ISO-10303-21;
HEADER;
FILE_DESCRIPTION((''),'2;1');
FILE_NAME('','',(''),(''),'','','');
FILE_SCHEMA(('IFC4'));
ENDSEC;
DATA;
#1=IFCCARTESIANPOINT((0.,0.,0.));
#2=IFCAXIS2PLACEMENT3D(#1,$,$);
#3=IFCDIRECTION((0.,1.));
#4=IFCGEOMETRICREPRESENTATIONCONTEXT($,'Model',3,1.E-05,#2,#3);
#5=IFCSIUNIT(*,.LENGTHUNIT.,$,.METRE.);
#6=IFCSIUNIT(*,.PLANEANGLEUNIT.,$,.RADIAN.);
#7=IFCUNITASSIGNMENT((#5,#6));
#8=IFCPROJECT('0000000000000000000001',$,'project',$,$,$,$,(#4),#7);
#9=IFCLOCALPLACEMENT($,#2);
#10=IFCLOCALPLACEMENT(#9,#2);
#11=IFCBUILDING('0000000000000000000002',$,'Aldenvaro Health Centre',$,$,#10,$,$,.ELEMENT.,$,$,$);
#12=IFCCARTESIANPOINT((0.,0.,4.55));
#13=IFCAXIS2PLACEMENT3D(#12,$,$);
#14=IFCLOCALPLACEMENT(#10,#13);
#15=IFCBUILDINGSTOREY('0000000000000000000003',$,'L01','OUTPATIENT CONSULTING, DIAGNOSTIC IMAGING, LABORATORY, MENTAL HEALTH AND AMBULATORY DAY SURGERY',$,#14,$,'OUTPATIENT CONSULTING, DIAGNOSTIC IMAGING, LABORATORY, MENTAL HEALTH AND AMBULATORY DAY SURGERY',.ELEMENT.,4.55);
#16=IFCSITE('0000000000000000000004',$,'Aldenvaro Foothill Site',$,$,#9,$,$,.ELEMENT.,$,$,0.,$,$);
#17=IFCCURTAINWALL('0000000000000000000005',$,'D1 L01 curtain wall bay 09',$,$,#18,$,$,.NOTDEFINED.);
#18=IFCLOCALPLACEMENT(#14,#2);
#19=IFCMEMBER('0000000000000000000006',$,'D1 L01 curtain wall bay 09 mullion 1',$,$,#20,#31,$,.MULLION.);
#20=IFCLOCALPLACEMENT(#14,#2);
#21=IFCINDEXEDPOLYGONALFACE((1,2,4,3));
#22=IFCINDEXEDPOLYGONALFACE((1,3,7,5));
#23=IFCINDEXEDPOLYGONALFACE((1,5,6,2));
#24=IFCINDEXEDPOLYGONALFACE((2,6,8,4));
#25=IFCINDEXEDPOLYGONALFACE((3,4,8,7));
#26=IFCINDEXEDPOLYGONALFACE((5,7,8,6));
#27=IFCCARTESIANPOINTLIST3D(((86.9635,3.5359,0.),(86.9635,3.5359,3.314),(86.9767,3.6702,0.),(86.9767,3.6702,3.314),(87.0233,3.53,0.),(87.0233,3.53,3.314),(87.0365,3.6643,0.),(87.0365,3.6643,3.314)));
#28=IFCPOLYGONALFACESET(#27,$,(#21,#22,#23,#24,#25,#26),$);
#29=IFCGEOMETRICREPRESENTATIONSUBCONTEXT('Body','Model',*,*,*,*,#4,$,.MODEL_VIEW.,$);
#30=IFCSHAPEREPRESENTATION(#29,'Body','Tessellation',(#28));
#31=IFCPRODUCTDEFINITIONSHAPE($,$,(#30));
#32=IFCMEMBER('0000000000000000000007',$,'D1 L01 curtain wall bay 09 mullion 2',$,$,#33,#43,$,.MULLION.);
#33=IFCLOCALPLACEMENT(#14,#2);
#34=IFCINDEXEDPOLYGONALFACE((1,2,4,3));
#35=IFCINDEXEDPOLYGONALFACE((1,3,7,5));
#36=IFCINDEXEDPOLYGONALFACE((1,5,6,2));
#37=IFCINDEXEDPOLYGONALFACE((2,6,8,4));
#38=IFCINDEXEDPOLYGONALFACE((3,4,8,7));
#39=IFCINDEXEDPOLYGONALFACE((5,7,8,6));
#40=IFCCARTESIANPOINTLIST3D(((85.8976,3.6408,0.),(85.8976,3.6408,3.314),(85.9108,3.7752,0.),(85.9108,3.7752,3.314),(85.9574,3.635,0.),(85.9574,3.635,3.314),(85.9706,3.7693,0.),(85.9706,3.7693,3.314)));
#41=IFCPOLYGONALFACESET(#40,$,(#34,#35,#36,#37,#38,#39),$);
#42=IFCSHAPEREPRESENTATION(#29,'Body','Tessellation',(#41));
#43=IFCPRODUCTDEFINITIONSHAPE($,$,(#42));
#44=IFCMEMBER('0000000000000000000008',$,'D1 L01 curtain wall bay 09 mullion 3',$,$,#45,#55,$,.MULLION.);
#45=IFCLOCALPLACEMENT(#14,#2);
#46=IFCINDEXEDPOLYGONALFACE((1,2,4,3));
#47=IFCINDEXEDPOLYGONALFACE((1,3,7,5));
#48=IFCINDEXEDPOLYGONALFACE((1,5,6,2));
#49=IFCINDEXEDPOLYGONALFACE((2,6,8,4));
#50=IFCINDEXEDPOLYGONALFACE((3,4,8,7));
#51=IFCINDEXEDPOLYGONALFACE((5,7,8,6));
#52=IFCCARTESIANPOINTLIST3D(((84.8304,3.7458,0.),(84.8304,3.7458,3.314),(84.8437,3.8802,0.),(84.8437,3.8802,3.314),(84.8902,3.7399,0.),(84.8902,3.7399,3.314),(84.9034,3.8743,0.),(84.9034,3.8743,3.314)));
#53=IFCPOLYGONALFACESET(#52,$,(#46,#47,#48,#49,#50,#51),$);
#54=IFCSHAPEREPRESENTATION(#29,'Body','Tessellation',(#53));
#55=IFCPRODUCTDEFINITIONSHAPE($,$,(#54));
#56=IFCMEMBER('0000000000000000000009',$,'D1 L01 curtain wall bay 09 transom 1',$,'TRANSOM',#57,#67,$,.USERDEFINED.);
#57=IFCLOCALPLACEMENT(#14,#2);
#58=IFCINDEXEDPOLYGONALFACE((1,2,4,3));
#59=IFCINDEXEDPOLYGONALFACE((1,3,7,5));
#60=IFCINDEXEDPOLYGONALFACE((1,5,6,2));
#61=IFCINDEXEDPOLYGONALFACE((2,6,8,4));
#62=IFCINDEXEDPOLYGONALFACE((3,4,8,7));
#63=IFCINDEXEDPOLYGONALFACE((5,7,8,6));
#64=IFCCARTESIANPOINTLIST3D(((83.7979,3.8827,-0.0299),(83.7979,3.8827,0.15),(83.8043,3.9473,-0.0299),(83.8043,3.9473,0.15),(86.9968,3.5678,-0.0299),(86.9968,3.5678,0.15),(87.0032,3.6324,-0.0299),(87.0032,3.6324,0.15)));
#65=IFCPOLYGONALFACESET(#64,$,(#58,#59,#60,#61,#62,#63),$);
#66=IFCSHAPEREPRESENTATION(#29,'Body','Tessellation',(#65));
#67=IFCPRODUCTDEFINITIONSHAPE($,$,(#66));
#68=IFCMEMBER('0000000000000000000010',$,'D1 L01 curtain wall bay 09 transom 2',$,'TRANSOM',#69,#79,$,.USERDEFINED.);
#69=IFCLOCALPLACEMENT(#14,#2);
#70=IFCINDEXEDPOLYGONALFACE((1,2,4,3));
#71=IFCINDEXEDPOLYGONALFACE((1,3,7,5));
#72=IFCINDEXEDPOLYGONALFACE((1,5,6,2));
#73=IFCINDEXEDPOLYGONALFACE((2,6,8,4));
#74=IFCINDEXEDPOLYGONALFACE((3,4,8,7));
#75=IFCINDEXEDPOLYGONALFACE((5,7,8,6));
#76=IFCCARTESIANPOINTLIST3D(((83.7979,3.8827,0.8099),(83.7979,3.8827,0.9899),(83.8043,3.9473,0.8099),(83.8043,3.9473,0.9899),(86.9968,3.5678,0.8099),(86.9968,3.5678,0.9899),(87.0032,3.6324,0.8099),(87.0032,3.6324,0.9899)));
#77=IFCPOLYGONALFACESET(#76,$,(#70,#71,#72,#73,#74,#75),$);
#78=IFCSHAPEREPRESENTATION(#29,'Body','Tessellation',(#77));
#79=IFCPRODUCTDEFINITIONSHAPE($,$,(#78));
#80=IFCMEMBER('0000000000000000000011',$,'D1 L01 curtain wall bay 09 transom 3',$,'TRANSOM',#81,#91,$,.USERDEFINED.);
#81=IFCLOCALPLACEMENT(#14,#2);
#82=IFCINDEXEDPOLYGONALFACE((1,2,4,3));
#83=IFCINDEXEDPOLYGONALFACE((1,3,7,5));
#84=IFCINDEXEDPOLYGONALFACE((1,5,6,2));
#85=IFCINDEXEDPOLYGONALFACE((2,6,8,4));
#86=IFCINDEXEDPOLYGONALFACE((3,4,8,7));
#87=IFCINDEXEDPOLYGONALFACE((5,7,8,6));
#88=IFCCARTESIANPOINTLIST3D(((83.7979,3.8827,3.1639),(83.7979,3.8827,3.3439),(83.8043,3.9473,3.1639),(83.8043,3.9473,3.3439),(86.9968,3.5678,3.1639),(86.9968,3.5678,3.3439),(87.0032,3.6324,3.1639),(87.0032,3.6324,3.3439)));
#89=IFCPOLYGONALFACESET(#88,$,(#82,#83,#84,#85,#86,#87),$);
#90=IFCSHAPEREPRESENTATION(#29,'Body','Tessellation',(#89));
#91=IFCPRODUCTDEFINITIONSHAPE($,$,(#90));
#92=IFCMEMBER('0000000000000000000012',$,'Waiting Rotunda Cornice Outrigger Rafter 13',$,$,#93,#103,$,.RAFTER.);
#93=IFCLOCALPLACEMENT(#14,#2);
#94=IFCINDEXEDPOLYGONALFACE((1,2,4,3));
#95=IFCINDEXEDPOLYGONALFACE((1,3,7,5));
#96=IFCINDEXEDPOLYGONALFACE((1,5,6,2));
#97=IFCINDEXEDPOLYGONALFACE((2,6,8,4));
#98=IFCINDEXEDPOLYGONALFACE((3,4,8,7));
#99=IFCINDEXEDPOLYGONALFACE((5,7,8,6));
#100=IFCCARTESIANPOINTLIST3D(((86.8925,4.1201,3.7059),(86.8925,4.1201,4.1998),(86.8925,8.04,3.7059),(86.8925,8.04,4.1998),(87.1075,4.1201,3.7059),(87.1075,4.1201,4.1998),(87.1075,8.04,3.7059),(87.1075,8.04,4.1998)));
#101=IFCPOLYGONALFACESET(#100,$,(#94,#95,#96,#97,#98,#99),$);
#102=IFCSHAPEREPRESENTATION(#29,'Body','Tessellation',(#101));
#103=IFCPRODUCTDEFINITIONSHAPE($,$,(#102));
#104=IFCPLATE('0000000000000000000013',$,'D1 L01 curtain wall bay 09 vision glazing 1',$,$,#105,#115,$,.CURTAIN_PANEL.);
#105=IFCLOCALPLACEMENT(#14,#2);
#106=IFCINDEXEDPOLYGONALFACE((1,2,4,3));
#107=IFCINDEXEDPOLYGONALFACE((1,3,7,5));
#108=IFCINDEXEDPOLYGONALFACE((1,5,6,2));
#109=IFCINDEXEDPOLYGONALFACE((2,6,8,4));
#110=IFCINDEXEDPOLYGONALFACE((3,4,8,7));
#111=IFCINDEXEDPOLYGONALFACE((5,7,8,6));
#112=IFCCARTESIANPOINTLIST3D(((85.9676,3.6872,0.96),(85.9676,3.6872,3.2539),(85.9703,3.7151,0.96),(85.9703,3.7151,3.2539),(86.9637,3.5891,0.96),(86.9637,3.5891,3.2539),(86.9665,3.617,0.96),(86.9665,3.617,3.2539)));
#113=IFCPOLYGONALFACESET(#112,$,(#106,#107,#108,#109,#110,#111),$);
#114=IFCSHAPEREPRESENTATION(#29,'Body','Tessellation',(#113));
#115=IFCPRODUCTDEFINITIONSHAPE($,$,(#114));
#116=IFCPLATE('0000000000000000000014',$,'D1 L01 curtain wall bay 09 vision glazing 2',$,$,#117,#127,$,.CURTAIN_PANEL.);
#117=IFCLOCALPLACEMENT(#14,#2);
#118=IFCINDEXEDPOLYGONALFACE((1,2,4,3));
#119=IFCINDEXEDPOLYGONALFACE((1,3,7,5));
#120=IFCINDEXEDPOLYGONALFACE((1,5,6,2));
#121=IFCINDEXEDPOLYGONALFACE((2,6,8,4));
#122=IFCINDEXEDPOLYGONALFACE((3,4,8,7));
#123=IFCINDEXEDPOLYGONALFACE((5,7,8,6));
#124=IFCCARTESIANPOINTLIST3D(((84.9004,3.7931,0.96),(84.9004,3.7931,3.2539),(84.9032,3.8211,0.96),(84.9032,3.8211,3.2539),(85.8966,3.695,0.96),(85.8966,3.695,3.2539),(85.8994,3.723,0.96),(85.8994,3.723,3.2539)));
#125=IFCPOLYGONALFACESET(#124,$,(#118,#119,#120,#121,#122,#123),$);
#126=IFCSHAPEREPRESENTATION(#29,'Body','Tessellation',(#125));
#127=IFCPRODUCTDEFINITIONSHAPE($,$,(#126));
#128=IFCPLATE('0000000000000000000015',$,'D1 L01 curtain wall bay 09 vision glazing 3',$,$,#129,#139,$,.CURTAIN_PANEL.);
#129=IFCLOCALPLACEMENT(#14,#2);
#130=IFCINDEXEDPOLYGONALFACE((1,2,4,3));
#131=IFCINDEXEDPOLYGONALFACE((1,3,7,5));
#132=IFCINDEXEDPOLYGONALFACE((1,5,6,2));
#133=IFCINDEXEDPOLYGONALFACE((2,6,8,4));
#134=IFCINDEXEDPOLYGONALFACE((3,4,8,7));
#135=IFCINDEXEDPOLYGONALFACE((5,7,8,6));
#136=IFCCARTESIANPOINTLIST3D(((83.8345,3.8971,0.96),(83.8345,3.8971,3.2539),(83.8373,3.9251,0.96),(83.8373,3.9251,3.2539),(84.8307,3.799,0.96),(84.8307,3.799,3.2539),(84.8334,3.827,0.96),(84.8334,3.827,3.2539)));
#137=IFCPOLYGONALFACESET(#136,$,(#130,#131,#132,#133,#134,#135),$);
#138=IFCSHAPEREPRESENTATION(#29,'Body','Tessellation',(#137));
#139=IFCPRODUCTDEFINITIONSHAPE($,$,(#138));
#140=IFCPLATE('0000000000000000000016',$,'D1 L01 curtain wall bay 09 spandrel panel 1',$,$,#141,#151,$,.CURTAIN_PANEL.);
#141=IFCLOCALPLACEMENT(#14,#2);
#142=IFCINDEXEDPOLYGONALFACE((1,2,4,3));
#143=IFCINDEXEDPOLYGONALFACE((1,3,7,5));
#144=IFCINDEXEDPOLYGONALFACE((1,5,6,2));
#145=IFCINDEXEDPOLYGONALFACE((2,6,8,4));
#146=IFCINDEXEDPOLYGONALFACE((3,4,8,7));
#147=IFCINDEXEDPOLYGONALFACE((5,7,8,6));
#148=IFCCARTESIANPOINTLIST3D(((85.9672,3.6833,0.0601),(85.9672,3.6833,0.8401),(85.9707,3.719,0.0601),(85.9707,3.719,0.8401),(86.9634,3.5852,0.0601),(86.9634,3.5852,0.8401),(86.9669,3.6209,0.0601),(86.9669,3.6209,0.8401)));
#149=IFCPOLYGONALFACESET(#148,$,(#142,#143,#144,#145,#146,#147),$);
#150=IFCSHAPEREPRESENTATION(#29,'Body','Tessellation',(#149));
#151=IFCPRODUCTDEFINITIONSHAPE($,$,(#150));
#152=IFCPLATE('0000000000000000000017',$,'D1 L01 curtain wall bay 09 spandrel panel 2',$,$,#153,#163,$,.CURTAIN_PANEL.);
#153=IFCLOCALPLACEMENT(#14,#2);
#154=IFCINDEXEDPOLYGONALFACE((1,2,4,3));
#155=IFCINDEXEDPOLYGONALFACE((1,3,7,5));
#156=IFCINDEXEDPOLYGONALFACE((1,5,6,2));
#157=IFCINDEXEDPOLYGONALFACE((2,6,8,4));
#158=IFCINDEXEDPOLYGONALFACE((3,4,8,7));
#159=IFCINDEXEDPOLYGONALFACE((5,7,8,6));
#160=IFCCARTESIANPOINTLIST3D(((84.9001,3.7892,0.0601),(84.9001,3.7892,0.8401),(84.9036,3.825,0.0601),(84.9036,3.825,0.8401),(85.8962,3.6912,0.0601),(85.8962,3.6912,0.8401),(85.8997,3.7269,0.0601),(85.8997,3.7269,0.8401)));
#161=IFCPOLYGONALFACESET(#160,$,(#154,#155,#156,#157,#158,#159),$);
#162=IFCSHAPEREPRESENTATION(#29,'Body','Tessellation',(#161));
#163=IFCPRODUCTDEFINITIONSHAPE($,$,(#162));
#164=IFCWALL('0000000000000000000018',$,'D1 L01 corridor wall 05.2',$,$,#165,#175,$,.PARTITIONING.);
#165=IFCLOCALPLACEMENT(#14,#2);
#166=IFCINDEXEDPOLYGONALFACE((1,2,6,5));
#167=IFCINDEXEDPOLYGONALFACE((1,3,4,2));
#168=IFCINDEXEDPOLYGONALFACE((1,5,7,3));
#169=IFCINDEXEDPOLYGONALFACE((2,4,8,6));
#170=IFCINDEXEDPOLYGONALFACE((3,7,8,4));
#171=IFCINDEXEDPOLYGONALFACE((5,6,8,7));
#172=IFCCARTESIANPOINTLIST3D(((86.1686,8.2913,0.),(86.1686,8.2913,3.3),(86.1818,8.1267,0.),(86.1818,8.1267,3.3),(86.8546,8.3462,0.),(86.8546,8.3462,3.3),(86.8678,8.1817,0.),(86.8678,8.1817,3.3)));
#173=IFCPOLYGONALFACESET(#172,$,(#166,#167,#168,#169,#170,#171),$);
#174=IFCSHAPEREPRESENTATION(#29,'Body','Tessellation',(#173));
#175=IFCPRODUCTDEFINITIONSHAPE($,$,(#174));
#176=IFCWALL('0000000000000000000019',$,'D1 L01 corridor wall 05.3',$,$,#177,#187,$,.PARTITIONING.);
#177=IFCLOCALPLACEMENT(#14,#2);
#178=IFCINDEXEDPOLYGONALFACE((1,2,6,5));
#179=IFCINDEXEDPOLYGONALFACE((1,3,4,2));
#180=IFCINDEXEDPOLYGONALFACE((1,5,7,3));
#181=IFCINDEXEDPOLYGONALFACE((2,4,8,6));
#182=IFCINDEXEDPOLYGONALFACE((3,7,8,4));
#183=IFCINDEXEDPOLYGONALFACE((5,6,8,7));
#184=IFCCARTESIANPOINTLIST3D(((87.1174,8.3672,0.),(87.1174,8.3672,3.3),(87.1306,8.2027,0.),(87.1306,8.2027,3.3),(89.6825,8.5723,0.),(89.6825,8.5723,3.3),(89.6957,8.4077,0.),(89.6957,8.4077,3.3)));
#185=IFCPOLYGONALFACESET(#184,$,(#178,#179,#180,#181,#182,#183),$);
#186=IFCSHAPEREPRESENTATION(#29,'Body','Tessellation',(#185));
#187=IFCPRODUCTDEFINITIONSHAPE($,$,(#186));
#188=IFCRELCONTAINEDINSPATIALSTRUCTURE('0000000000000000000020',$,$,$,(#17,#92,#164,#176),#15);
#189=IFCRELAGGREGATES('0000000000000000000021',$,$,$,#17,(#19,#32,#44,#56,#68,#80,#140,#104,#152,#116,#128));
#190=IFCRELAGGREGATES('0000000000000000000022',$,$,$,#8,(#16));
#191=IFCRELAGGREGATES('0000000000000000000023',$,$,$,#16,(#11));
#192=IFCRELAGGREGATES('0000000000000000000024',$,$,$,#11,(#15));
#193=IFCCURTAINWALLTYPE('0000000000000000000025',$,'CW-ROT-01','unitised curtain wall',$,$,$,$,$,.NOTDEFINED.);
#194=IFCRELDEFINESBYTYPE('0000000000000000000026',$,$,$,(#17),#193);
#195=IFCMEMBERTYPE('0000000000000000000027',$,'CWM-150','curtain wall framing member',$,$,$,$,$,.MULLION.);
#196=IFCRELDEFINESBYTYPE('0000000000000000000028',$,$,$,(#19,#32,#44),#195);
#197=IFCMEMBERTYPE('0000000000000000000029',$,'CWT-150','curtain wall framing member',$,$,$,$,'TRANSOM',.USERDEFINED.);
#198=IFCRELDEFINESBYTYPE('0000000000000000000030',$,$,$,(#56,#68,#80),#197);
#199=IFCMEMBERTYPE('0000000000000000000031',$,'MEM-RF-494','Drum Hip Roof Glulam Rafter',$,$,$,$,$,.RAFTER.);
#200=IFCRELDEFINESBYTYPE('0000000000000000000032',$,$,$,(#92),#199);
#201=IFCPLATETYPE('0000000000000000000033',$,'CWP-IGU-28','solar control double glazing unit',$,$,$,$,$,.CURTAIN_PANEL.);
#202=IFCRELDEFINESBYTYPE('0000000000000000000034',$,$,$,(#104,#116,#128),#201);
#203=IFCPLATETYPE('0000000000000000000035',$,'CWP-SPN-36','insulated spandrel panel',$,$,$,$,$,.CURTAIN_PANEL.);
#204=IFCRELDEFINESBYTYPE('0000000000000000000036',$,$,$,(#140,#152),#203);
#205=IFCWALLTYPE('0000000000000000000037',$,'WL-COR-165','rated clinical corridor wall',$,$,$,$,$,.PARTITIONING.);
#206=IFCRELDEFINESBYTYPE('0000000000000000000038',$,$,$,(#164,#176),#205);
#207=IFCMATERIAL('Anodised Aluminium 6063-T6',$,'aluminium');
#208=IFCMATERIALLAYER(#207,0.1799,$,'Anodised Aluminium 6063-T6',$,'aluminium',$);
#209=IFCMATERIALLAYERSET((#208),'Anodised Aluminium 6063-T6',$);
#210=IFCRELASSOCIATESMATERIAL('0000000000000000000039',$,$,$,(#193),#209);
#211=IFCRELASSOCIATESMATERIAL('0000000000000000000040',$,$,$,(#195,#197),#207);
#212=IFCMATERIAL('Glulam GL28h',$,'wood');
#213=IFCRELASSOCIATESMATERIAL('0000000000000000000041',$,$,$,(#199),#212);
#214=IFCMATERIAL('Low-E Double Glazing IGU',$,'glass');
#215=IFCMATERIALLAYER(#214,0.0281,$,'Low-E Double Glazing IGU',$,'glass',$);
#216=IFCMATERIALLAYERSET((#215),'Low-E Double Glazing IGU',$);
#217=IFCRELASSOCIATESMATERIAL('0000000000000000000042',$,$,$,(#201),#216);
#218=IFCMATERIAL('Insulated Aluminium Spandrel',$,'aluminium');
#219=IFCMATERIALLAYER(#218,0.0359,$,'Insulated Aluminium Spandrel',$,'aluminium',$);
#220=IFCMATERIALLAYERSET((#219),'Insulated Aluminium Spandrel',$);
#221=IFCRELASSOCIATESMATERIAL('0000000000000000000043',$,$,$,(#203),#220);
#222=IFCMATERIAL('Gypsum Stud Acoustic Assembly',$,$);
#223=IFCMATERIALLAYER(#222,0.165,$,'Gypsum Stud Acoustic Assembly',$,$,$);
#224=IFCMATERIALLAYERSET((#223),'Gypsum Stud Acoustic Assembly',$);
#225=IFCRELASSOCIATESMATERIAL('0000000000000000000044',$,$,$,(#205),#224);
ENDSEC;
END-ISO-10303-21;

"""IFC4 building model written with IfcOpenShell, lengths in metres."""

from ifc_helpers import new_model, si_unit, direction, frame, frame_2d, origin, origin_2d, place, context, subcontext, project, spatial, rectangle, extrude, material, layer, layer_set, material_profile, profile_set, type_object, element, aggregate, save


model = new_model("IFC4")

# Units and contexts
model_context = context("Model", 3, precision=1e-05, world=origin(), true_north=direction((0.0, 1.0)))
body_context = subcontext(model_context, "Body", "Model", "MODEL_VIEW")
ifc_project = project(units=[si_unit("LENGTHUNIT", "METRE"), si_unit("PLANEANGLEUNIT", "RADIAN")], contexts=[model_context])

# Site, building, storey
site_placement = place(None, origin())
site = spatial("IfcSite", under=ifc_project, at=site_placement, Name="Aldenvaro Foothill Site", CompositionType="ELEMENT", RefElevation=0.0)
building_placement = place(site_placement, origin())
building = spatial("IfcBuilding", under=site, at=building_placement, Name="Aldenvaro Health Centre", CompositionType="ELEMENT")
storey_placement = place(building_placement, frame((0.0, 0.0, 4.55)))
storey = spatial("IfcBuildingStorey", under=building, at=storey_placement, Name="L01", Description="OUTPATIENT CONSULTING, DIAGNOSTIC IMAGING, LABORATORY, MENTAL HEALTH AND AMBULATORY DAY SURGERY", LongName="OUTPATIENT CONSULTING, DIAGNOSTIC IMAGING, LABORATORY, MENTAL HEALTH AND AMBULATORY DAY SURGERY", CompositionType="ELEMENT", Elevation=4.55)

# Shared definitions
ifc_material_1 = material(Name="Glulam GL28h", Category="wood")

# Curtain wall, members
ifc_material_2 = material(Name="Anodised Aluminium 6063-T6", Category="aluminium")
ifc_layer_1 = layer(ifc_material_2, 0.1799, Name="Anodised Aluminium 6063-T6", Category="aluminium")
ifc_layer_set_1 = layer_set([ifc_layer_1], Name="Anodised Aluminium 6063-T6")
curtain_wall_type = type_object("IfcCurtainWallType", Name="CW-ROT-01", Description="unitised curtain wall", PredefinedType="NOTDEFINED", material=ifc_layer_set_1)
curtain_wall_placement = place(storey_placement, origin())
curtain_wall = element("IfcCurtainWall", 1, at=curtain_wall_placement, inside=storey, type_object=curtain_wall_type, Name="D1 L01 curtain wall bay 09", PredefinedType="NOTDEFINED")
ifc_material_profile_1 = material_profile(ifc_material_2, rectangle(XDim=0.0601, YDim=0.135, at=origin_2d()), Name="ALU 60x135", Category="aluminium")
ifc_profile_set_1 = profile_set([ifc_material_profile_1], Name="Anodised Aluminium 6063-T6")
member_type_1 = type_object("IfcMemberType", Name="CWM-150", Description="curtain wall framing member", PredefinedType="MULLION", material=ifc_profile_set_1)
member_1_placement = place(storey_placement, frame((87.0, 3.6001, 0.0), z_axis=(0.0, 0.0, 1.0), x_axis=(-0.995187, 0.097994, 0.0)))
member_1 = element("IfcMember", 2, at=member_1_placement, type_object=member_type_1, Name="D1 L01 curtain wall bay 09 mullion 1", PredefinedType="MULLION", context=body_context, shape_type="SweptSolid", body=[
    extrude(rectangle(XDim=0.0601, YDim=0.135, at=origin_2d()), origin(), (0.0, 0.0, 1.0), 3.314),
])
member_2_placement = place(storey_placement, frame((85.9341, 3.7051, 0.0), z_axis=(0.0, 0.0, 1.0), x_axis=(-0.995187, 0.097994, 0.0)))
member_2 = element("IfcMember", 3, at=member_2_placement, type_object=member_type_1, Name="D1 L01 curtain wall bay 09 mullion 2", PredefinedType="MULLION", context=body_context, shape_type="SweptSolid", body=[
    extrude(rectangle(XDim=0.0601, YDim=0.135, at=origin_2d()), origin(), (0.0, 0.0, 1.0), 3.314),
])
member_3_placement = place(storey_placement, frame((84.8669, 3.8101, 0.0), z_axis=(0.0, 0.0, 1.0), x_axis=(-0.995187, 0.097994, 0.0)))
member_3 = element("IfcMember", 4, at=member_3_placement, type_object=member_type_1, Name="D1 L01 curtain wall bay 09 mullion 3", PredefinedType="MULLION", context=body_context, shape_type="SweptSolid", body=[
    extrude(rectangle(XDim=0.0601, YDim=0.135, at=origin_2d()), origin(), (0.0, 0.0, 1.0), 3.314),
])
ifc_material_profile_2 = material_profile(ifc_material_2, rectangle(XDim=0.0649, YDim=0.1799, at=origin_2d()), Name="ALU 65x180", Category="aluminium")
ifc_profile_set_2 = profile_set([ifc_material_profile_2], Name="Anodised Aluminium 6063-T6")
member_type_2 = type_object("IfcMemberType", Name="CWT-150", Description="curtain wall framing member", ElementType="TRANSOM", PredefinedType="USERDEFINED", material=ifc_profile_set_2)
member_4_placement = place(storey_placement, frame((87.0, 3.6001, 0.0601), z_axis=(-0.995189, 0.097977, 0.0), x_axis=(-0.097977, -0.995189, 0.0)))
member_4 = element("IfcMember", 5, at=member_4_placement, type_object=member_type_2, Name="D1 L01 curtain wall bay 09 transom 1", ObjectType="TRANSOM", PredefinedType="USERDEFINED", context=body_context, shape_type="SweptSolid", body=[
    extrude(rectangle(XDim=0.0649, YDim=0.1799, at=origin_2d()), origin(), (0.0, 0.0, 1.0), 3.2144),
])
member_5_placement = place(storey_placement, frame((87.0, 3.6001, 0.8999), z_axis=(-0.995189, 0.097977, 0.0), x_axis=(-0.097977, -0.995189, 0.0)))
member_5 = element("IfcMember", 6, at=member_5_placement, type_object=member_type_2, Name="D1 L01 curtain wall bay 09 transom 2", ObjectType="TRANSOM", PredefinedType="USERDEFINED", context=body_context, shape_type="SweptSolid", body=[
    extrude(rectangle(XDim=0.0649, YDim=0.1799, at=origin_2d()), origin(), (0.0, 0.0, 1.0), 3.2144),
])
member_6_placement = place(storey_placement, frame((87.0, 3.6001, 3.2539), z_axis=(-0.995189, 0.097977, 0.0), x_axis=(-0.097977, -0.995189, 0.0)))
member_6 = element("IfcMember", 7, at=member_6_placement, type_object=member_type_2, Name="D1 L01 curtain wall bay 09 transom 3", ObjectType="TRANSOM", PredefinedType="USERDEFINED", context=body_context, shape_type="SweptSolid", body=[
    extrude(rectangle(XDim=0.0649, YDim=0.1799, at=origin_2d()), origin(), (0.0, 0.0, 1.0), 3.2144),
])

# Member
ifc_material_profile_3 = material_profile(ifc_material_1, rectangle(XDim=0.2151, YDim=0.4939, at=origin_2d()), Name="GL 215x494", Category="wood")
ifc_profile_set_3 = profile_set([ifc_material_profile_3], Name="Glulam GL28h")
member_type_3 = type_object("IfcMemberType", Name="MEM-RF-494", Description="Drum Hip Roof Glulam Rafter", PredefinedType="RAFTER", material=ifc_profile_set_3)
member_7_placement = place(storey_placement, frame((87.0, 4.1201, 3.9529), z_axis=(0.0, 1.0, 0.0), x_axis=(-1.0, 0.0, 0.0)))
element("IfcMember", 8, at=member_7_placement, inside=storey, type_object=member_type_3, Name="Waiting Rotunda Cornice Outrigger Rafter 13", PredefinedType="RAFTER", context=body_context, shape_type="SweptSolid", body=[
    extrude(rectangle(XDim=0.2151, YDim=0.4939, at=origin_2d()), origin(), (0.0, 0.0, 1.0), 3.9199),
])

# Plates
ifc_material_3 = material(Name="Low-E Double Glazing IGU", Category="glass")
ifc_layer_2 = layer(ifc_material_3, 0.0281, Name="Low-E Double Glazing IGU", Category="glass")
ifc_layer_set_2 = layer_set([ifc_layer_2], Name="Low-E Double Glazing IGU")
plate_type_1 = type_object("IfcPlateType", Name="CWP-IGU-28", Description="solar control double glazing unit", PredefinedType="CURTAIN_PANEL", material=ifc_layer_set_2)
plate_1_placement = place(storey_placement, frame((86.467, 3.6521, 0.96), z_axis=(0.0, 0.0, 1.0), x_axis=(-0.995187, 0.097994, 0.0)))
plate_1 = element("IfcPlate", 9, at=plate_1_placement, type_object=plate_type_1, Name="D1 L01 curtain wall bay 09 vision glazing 1", PredefinedType="CURTAIN_PANEL", context=body_context, shape_type="SweptSolid", body=[
    extrude(rectangle(XDim=1.001, YDim=0.0281, at=origin_2d()), origin(), (0.0, 0.0, 1.0), 2.2939),
])
plate_2_placement = place(storey_placement, frame((85.3999, 3.7581, 0.96), z_axis=(0.0, 0.0, 1.0), x_axis=(-0.995187, 0.097994, 0.0)))
plate_2 = element("IfcPlate", 10, at=plate_2_placement, type_object=plate_type_1, Name="D1 L01 curtain wall bay 09 vision glazing 2", PredefinedType="CURTAIN_PANEL", context=body_context, shape_type="SweptSolid", body=[
    extrude(rectangle(XDim=1.001, YDim=0.0281, at=origin_2d()), origin(), (0.0, 0.0, 1.0), 2.2939),
])
plate_3_placement = place(storey_placement, frame((84.334, 3.8621, 0.96), z_axis=(0.0, 0.0, 1.0), x_axis=(-0.995187, 0.097994, 0.0)))
plate_3 = element("IfcPlate", 11, at=plate_3_placement, type_object=plate_type_1, Name="D1 L01 curtain wall bay 09 vision glazing 3", PredefinedType="CURTAIN_PANEL", context=body_context, shape_type="SweptSolid", body=[
    extrude(rectangle(XDim=1.001, YDim=0.0281, at=origin_2d()), origin(), (0.0, 0.0, 1.0), 2.2939),
])
ifc_material_4 = material(Name="Insulated Aluminium Spandrel", Category="aluminium")
ifc_layer_3 = layer(ifc_material_4, 0.0359, Name="Insulated Aluminium Spandrel", Category="aluminium")
ifc_layer_set_3 = layer_set([ifc_layer_3], Name="Insulated Aluminium Spandrel")
plate_type_2 = type_object("IfcPlateType", Name="CWP-SPN-36", Description="insulated spandrel panel", PredefinedType="CURTAIN_PANEL", material=ifc_layer_set_3)
plate_4_placement = place(storey_placement, frame((86.467, 3.6521, 0.0601), z_axis=(0.0, 0.0, 1.0), x_axis=(-0.995187, 0.097994, 0.0)))
plate_4 = element("IfcPlate", 12, at=plate_4_placement, type_object=plate_type_2, Name="D1 L01 curtain wall bay 09 spandrel panel 1", PredefinedType="CURTAIN_PANEL", context=body_context, shape_type="SweptSolid", body=[
    extrude(rectangle(XDim=1.001, YDim=0.0359, at=origin_2d()), origin(), (0.0, 0.0, 1.0), 0.78),
])
plate_5_placement = place(storey_placement, frame((85.3999, 3.7581, 0.0601), z_axis=(0.0, 0.0, 1.0), x_axis=(-0.995187, 0.097994, 0.0)))
plate_5 = element("IfcPlate", 13, at=plate_5_placement, type_object=plate_type_2, Name="D1 L01 curtain wall bay 09 spandrel panel 2", PredefinedType="CURTAIN_PANEL", context=body_context, shape_type="SweptSolid", body=[
    extrude(rectangle(XDim=1.001, YDim=0.0359, at=origin_2d()), origin(), (0.0, 0.0, 1.0), 0.78),
])
aggregate(curtain_wall, [member_1, member_2, member_3, member_4, member_5, member_6, plate_4, plate_1, plate_5, plate_2, plate_3])

# Walls
ifc_material_5 = material(Name="Gypsum Stud Acoustic Assembly")
ifc_layer_4 = layer(ifc_material_5, 0.165, Name="Gypsum Stud Acoustic Assembly")
ifc_layer_set_4 = layer_set([ifc_layer_4], Name="Gypsum Stud Acoustic Assembly")
wall_type = type_object("IfcWallType", Name="WL-COR-165", Description="rated clinical corridor wall", PredefinedType="PARTITIONING", material=ifc_layer_set_4)
wall_1_placement = place(storey_placement, frame((86.175, 8.209, 0.0), z_axis=(0.0, 0.0, 1.0), x_axis=(0.99681, 0.079816, 0.0)))
element("IfcWall", 14, at=wall_1_placement, inside=storey, type_object=wall_type, Name="D1 L01 corridor wall 05.2", PredefinedType="PARTITIONING", context=body_context, shape_type="SweptSolid", body=[
    extrude(rectangle(XDim=0.6882, YDim=0.165, at=frame_2d((0.3442, 0.0))), origin(), (0.0, 0.0, 1.0), 3.3),
])
wall_2_placement = place(storey_placement, frame((87.124, 8.2849, 0.0), z_axis=(0.0, 0.0, 1.0), x_axis=(0.996819, 0.0797, 0.0)))
element("IfcWall", 15, at=wall_2_placement, inside=storey, type_object=wall_type, Name="D1 L01 corridor wall 05.3", PredefinedType="PARTITIONING", context=body_context, shape_type="SweptSolid", body=[
    extrude(rectangle(XDim=2.5732, YDim=0.165, at=frame_2d((1.2866, 0.0))), origin(), (0.0, 0.0, 1.0), 3.3),
])

save(model, "model.ifc")
